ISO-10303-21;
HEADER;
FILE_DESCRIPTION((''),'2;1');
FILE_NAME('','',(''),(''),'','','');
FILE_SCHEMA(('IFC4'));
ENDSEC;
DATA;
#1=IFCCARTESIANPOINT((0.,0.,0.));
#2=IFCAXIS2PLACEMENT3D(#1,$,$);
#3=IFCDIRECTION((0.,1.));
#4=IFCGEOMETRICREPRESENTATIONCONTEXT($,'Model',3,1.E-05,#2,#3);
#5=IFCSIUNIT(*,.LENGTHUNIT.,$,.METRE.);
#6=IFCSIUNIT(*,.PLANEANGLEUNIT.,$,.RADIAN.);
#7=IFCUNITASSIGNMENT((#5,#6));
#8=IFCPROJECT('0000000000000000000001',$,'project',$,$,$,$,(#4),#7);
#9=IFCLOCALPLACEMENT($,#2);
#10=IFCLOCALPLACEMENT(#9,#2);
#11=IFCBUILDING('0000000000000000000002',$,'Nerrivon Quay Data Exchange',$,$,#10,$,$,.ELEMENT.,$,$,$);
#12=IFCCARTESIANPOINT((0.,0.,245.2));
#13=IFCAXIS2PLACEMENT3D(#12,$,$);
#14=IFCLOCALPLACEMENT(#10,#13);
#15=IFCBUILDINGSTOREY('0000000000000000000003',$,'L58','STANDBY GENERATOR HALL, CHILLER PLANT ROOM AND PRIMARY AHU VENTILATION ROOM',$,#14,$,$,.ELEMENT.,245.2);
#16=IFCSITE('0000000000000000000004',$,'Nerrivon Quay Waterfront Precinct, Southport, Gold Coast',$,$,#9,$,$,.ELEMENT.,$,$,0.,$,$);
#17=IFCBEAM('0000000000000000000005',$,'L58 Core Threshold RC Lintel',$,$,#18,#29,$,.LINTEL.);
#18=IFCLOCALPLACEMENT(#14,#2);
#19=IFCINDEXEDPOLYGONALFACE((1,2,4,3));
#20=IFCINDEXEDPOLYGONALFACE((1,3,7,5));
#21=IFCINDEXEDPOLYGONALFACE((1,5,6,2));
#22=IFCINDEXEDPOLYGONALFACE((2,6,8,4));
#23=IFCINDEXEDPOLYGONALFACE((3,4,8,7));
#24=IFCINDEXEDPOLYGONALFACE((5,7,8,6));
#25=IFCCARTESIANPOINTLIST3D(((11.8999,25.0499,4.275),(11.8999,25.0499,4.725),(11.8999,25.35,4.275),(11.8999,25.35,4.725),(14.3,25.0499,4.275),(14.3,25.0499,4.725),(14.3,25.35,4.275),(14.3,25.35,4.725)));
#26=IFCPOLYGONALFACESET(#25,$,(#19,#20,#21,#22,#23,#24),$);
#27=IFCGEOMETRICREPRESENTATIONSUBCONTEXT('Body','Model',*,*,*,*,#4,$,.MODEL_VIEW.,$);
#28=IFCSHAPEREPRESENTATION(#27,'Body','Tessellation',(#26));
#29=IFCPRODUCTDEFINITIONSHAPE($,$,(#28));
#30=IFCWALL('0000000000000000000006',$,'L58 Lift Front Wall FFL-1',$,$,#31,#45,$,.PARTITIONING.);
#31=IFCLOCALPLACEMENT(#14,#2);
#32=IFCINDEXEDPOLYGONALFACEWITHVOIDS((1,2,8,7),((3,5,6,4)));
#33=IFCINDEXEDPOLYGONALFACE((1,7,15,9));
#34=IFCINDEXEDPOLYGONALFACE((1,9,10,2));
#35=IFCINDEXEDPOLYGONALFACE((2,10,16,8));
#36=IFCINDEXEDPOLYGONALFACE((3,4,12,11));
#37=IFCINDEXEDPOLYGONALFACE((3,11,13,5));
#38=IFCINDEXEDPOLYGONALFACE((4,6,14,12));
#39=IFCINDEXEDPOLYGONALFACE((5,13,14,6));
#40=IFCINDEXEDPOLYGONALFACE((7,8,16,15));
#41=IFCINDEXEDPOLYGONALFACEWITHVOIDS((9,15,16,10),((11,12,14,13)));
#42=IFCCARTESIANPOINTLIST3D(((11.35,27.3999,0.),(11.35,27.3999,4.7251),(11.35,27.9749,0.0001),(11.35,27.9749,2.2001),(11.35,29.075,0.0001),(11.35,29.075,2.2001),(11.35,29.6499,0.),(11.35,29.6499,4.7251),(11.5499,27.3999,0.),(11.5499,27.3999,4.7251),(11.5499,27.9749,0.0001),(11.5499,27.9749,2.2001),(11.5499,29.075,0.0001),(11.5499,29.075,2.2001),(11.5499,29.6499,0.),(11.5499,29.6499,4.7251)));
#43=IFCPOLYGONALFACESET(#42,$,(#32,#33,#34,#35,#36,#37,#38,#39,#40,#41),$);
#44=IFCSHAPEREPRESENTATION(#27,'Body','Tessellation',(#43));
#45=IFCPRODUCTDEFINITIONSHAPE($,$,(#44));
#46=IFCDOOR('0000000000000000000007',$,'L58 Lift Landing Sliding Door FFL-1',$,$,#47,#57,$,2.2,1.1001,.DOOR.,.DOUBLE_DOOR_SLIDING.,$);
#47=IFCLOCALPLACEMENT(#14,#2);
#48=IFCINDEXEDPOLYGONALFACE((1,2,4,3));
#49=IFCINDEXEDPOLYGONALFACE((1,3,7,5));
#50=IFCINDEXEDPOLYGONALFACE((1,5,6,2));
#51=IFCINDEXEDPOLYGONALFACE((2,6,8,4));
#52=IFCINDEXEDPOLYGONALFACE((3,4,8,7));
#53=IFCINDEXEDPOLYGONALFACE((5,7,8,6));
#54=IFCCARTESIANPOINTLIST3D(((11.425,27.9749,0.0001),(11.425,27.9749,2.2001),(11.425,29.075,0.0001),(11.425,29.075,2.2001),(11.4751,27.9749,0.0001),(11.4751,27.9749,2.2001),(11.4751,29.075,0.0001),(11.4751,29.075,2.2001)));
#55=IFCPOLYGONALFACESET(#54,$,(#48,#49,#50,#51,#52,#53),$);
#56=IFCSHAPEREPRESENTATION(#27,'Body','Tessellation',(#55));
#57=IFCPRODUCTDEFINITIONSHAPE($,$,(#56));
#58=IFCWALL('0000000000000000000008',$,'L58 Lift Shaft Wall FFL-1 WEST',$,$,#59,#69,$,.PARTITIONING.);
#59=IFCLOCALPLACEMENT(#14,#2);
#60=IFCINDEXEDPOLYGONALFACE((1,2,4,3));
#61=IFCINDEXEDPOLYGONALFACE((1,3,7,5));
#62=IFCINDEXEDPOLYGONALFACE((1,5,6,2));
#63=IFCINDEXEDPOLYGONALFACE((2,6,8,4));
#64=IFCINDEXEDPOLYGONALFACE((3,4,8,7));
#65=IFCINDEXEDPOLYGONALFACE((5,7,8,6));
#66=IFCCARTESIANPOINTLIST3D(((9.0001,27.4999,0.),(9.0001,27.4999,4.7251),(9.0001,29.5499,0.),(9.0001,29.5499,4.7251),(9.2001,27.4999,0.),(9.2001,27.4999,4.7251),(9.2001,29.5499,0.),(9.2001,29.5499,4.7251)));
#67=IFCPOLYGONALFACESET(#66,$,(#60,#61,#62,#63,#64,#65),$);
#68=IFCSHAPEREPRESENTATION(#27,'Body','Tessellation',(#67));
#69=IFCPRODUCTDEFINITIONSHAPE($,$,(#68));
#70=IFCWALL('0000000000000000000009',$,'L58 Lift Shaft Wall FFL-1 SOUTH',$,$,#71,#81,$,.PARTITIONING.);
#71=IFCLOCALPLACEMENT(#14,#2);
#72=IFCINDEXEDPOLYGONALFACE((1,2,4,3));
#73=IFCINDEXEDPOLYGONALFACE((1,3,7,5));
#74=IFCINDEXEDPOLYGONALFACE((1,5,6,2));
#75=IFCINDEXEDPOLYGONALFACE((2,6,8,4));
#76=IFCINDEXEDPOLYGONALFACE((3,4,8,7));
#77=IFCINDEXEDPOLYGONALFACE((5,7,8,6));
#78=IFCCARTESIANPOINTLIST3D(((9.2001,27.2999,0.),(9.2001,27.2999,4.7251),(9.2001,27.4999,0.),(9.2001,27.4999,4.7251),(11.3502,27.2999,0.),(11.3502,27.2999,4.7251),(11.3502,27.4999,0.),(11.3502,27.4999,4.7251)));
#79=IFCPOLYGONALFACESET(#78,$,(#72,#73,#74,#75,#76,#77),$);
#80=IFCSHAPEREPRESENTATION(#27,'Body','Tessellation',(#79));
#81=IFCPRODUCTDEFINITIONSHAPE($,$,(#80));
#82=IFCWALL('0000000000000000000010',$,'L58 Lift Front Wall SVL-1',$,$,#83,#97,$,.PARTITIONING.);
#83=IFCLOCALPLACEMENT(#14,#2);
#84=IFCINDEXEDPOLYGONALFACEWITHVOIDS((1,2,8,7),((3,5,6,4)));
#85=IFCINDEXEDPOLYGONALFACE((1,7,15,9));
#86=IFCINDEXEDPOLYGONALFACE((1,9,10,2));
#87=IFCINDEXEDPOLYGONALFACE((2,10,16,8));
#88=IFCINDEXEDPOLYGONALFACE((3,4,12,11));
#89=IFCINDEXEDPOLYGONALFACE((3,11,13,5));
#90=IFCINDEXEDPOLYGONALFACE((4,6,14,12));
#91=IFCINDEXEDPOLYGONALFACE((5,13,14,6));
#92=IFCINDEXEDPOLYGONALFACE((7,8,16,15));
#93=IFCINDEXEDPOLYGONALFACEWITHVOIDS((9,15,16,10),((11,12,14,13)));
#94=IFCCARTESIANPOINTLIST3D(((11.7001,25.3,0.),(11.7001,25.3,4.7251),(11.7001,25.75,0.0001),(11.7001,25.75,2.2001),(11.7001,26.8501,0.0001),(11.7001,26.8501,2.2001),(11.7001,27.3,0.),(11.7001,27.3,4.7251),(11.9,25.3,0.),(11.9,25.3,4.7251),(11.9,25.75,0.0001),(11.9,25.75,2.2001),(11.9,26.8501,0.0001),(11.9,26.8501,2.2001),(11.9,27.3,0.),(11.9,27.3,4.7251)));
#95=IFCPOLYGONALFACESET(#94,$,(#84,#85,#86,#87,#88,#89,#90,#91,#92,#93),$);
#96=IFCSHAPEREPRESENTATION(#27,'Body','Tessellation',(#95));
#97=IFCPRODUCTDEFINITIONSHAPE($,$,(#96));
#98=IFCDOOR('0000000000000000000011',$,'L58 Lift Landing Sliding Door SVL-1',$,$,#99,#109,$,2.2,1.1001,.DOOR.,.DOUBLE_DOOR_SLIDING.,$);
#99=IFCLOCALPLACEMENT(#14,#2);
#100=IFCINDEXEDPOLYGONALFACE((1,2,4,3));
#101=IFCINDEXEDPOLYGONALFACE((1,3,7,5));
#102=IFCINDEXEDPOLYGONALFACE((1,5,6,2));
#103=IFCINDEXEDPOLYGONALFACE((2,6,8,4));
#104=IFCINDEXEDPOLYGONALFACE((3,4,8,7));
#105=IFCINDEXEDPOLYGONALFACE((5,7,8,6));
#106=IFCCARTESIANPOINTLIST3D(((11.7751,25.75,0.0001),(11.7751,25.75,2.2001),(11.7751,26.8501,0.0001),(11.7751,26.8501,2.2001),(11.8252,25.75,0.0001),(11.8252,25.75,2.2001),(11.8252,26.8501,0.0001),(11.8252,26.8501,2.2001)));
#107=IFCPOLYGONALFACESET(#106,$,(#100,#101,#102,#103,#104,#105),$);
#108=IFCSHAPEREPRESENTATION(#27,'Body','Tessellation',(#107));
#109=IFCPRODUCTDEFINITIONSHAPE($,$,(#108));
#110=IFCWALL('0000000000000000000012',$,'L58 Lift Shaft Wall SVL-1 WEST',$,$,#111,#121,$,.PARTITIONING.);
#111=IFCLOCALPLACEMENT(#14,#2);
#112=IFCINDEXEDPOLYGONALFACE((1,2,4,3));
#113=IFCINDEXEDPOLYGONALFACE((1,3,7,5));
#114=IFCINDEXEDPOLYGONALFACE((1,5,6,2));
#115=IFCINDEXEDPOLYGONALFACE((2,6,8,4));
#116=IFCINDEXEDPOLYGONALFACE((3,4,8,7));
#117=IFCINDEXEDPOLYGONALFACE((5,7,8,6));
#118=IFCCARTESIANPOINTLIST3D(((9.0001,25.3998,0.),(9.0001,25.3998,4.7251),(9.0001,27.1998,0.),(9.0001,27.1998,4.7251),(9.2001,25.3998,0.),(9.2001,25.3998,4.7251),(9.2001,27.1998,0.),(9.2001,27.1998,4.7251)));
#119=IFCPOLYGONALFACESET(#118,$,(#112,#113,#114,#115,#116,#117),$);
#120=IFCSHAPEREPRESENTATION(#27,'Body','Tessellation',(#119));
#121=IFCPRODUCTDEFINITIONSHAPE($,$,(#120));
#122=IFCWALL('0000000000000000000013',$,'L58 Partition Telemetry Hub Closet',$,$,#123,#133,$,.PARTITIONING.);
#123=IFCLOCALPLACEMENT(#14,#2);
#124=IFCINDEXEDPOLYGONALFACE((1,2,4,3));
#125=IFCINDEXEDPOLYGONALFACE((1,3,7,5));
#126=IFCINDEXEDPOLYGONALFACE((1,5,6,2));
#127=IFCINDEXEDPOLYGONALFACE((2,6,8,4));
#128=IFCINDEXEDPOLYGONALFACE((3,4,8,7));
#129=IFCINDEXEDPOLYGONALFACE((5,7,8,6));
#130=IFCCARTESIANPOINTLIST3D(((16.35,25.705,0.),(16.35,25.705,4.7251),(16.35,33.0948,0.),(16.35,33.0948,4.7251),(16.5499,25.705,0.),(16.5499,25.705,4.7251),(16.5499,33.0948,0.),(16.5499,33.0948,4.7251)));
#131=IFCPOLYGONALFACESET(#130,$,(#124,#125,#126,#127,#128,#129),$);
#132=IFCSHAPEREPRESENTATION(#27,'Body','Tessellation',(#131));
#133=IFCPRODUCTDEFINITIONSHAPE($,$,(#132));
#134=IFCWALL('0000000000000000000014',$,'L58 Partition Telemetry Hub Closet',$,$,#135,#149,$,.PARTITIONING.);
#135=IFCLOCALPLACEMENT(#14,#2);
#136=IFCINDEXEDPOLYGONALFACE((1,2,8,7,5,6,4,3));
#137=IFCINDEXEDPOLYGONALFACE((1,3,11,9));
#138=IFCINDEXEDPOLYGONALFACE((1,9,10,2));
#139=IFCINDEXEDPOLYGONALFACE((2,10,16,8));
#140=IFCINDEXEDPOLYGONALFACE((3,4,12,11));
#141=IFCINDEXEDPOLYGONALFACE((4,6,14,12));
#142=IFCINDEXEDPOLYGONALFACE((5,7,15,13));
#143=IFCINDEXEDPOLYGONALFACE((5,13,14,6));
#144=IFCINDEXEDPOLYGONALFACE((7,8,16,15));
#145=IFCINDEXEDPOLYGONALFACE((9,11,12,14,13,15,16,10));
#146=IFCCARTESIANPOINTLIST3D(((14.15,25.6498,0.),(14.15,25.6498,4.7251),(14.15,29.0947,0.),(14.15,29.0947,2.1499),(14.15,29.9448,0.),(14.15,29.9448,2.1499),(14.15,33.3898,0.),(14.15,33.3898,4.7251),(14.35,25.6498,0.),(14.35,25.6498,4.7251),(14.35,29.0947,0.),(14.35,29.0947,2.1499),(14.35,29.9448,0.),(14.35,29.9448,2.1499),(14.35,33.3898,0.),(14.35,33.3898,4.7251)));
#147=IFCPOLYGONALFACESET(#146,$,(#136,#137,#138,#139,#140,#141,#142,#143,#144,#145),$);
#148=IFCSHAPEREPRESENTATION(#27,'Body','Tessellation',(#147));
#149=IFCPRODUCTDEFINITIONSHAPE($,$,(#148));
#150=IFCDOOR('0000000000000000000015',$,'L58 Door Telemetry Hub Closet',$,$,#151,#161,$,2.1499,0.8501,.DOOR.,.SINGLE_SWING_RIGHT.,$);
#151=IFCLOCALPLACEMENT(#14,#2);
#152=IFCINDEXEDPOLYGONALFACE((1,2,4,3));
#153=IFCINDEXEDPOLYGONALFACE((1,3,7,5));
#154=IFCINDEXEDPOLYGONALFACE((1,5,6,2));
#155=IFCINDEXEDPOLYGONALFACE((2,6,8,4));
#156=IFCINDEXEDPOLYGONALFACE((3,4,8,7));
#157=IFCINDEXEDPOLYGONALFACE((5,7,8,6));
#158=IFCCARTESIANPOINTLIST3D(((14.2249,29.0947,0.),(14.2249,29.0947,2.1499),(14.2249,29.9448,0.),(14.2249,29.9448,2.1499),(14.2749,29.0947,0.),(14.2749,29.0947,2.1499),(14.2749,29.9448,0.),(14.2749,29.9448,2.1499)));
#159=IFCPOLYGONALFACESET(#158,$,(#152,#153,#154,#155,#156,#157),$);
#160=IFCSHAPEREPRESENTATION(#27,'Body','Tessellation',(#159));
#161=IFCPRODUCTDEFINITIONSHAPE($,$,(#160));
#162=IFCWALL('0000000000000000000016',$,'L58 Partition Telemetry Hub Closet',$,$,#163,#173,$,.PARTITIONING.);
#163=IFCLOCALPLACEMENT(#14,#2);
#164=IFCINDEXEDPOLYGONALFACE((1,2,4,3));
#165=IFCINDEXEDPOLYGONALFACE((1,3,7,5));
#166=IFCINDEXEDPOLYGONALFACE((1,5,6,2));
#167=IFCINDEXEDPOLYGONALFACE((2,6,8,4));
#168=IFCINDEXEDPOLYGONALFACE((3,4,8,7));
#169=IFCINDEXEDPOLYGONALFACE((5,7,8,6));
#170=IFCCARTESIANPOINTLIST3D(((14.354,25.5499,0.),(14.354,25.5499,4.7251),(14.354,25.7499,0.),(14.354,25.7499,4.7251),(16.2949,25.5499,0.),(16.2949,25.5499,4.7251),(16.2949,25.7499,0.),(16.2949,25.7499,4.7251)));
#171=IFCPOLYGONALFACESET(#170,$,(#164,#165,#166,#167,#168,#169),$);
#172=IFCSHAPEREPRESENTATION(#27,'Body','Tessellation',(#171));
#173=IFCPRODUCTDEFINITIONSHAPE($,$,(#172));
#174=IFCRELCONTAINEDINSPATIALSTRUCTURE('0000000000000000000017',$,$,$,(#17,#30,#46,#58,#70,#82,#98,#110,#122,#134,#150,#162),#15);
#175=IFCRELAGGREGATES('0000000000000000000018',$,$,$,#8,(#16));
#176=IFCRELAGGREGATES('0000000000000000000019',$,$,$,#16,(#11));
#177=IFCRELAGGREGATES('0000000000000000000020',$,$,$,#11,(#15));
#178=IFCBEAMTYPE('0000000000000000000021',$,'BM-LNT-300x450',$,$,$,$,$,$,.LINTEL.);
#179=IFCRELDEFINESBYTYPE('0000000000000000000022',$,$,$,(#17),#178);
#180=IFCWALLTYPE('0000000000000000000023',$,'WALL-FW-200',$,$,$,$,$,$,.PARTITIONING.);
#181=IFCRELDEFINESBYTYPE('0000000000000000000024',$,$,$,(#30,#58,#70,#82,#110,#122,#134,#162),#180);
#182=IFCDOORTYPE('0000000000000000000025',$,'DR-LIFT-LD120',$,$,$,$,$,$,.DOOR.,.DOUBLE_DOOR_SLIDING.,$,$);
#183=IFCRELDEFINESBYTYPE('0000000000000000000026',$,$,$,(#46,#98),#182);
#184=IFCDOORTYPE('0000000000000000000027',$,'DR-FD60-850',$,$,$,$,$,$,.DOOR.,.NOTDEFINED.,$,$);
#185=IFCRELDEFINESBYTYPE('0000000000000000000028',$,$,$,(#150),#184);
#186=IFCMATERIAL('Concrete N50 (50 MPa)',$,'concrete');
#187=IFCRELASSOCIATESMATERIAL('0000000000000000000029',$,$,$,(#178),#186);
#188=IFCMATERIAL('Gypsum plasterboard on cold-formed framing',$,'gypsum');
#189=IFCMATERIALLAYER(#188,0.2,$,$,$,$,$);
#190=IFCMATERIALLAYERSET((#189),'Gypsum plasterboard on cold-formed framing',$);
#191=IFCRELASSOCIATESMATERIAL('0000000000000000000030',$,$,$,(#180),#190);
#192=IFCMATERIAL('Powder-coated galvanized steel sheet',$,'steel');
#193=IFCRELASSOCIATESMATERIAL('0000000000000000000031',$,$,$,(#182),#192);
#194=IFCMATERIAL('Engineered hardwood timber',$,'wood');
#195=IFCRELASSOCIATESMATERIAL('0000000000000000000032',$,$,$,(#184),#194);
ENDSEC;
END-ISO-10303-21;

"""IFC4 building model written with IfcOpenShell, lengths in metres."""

from ifc_helpers import new_model, si_unit, direction, frame, frame_2d, origin, origin_2d, place, context, subcontext, project, spatial, rectangle, extrude, material, layer, layer_set, material_profile, profile_set, type_object, element, fill, save


model = new_model("IFC4")

# Units and contexts
model_context = context("Model", 3, precision=1e-05, world=origin(), true_north=direction((0.0, 1.0)))
body_context = subcontext(model_context, "Body", "Model", "MODEL_VIEW")
ifc_project = project(units=[si_unit("LENGTHUNIT", "METRE"), si_unit("PLANEANGLEUNIT", "RADIAN")], contexts=[model_context])

# Site, building, storey
site_placement = place(None, origin())
site = spatial("IfcSite", under=ifc_project, at=site_placement, Name="Nerrivon Quay Waterfront Precinct, Southport, Gold Coast", CompositionType="ELEMENT", RefElevation=0.0)
building_placement = place(site_placement, origin())
building = spatial("IfcBuilding", under=site, at=building_placement, Name="Nerrivon Quay Data Exchange", CompositionType="ELEMENT")
storey_placement = place(building_placement, frame((0.0, 0.0, 245.2)))
storey = spatial("IfcBuildingStorey", under=building, at=storey_placement, Name="L58", Description="STANDBY GENERATOR HALL, CHILLER PLANT ROOM AND PRIMARY AHU VENTILATION ROOM", CompositionType="ELEMENT", Elevation=245.2)

# Beam
ifc_material_1 = material(Name="Concrete N50 (50 MPa)", Category="concrete")
ifc_material_profile = material_profile(ifc_material_1, rectangle(XDim=0.3, YDim=0.45, at=origin_2d()), Name="RC-LNT-300x450")
ifc_profile_set = profile_set([ifc_material_profile], Name="Concrete N50 (50 MPa)")
beam_type = type_object("IfcBeamType", Name="BM-LNT-300x450", PredefinedType="LINTEL", material=ifc_profile_set)
beam_placement = place(storey_placement, frame((11.8999, 25.2, 4.5), z_axis=(1.0, 0.0, 0.0), x_axis=(0.0, 1.0, 0.0)))
element("IfcBeam", 1, at=beam_placement, inside=storey, type_object=beam_type, Name="L58 Core Threshold RC Lintel", PredefinedType="LINTEL", context=body_context, shape_type="SweptSolid", body=[
    extrude(rectangle(XDim=0.3, YDim=0.45, at=origin_2d()), origin(), (0.0, 0.0, 1.0), 2.4001),
])

# Wall, opening, door
ifc_material_2 = material(Name="Powder-coated galvanized steel sheet", Category="steel")
ifc_material_3 = material(Name="Gypsum plasterboard on cold-formed framing", Category="gypsum")
ifc_layer_1 = layer(ifc_material_3, 0.2)
ifc_layer_set_1 = layer_set([ifc_layer_1], Name="Gypsum plasterboard on cold-formed framing")
wall_type_1 = type_object("IfcWallType", Name="WALL-FW-200", PredefinedType="PARTITIONING", material=ifc_layer_set_1)
wall_1_placement = place(storey_placement, frame((11.45, 27.3999, 0.0), z_axis=(0.0, 0.0, 1.0), x_axis=(0.0, 1.0, 0.0)))
wall_1 = element("IfcWall", 2, at=wall_1_placement, inside=storey, type_object=wall_type_1, Name="L58 Lift Front Wall FFL-1", PredefinedType="PARTITIONING", context=body_context, shape_type="SweptSolid", body=[
    extrude(rectangle(XDim=2.25, YDim=0.2, at=frame_2d((1.125, 0.0))), origin(), (0.0, 0.0, 1.0), 4.7251),
])
opening_1_placement = place(wall_1_placement, frame((0.575, 0.0, 0.0)))
opening_1 = element("IfcOpeningElement", 3, at=opening_1_placement, cuts=wall_1, PredefinedType="OPENING", context=body_context, shape_type="SweptSolid", body=[
    extrude(rectangle(XDim=1.1001, YDim=2.2, at=frame_2d((0.55, 1.1001))), frame((0.0, 0.1099, 0.0), z_axis=(0.0, -1.0, 0.0), x_axis=(1.0, 0.0, 0.0)), (0.0, 0.0, 1.0), 0.22),
])
door_type_1 = type_object("IfcDoorType", Name="DR-LIFT-LD120", OperationType="DOUBLE_DOOR_SLIDING", PredefinedType="DOOR", material=ifc_material_2)
door_1_placement = place(opening_1_placement, origin())
door_1 = element("IfcDoor", 4, at=door_1_placement, inside=storey, type_object=door_type_1, Name="L58 Lift Landing Sliding Door FFL-1", OperationType="DOUBLE_DOOR_SLIDING", OverallHeight=2.2, OverallWidth=1.1001, PredefinedType="DOOR", context=body_context, shape_type="SweptSolid", body=[
    extrude(rectangle(XDim=1.1001, YDim=2.2, at=frame_2d((0.55, 1.1001))), frame((0.0, 0.0249, 0.0), z_axis=(0.0, -1.0, 0.0), x_axis=(1.0, 0.0, 0.0)), (0.0, 0.0, 1.0), 0.05),
])
fill(opening_1, door_1)

# Walls
wall_2_placement = place(storey_placement, frame((9.1001, 27.5, 0.0), z_axis=(0.0, 0.0, 1.0), x_axis=(0.0, 1.0, 0.0)))
element("IfcWall", 5, at=wall_2_placement, inside=storey, type_object=wall_type_1, Name="L58 Lift Shaft Wall FFL-1 WEST", PredefinedType="PARTITIONING", context=body_context, shape_type="SweptSolid", body=[
    extrude(rectangle(XDim=2.05, YDim=0.2, at=frame_2d((1.0249, 0.0))), origin(), (0.0, 0.0, 1.0), 4.7251),
])
wall_3_placement = place(storey_placement, frame((9.2, 27.3999, 0.0), z_axis=(0.0, 0.0, 1.0), x_axis=(1.0, 0.0, 0.0)))
element("IfcWall", 6, at=wall_3_placement, inside=storey, type_object=wall_type_1, Name="L58 Lift Shaft Wall FFL-1 SOUTH", PredefinedType="PARTITIONING", context=body_context, shape_type="SweptSolid", body=[
    extrude(rectangle(XDim=2.1501, YDim=0.2, at=frame_2d((1.0752, 0.0))), origin(), (0.0, 0.0, 1.0), 4.7251),
])

# Wall, opening, door
wall_4_placement = place(storey_placement, frame((11.8, 25.3, 0.0), z_axis=(0.0, 0.0, 1.0), x_axis=(0.0, 1.0, 0.0)))
wall_4 = element("IfcWall", 7, at=wall_4_placement, inside=storey, type_object=wall_type_1, Name="L58 Lift Front Wall SVL-1", PredefinedType="PARTITIONING", context=body_context, shape_type="SweptSolid", body=[
    extrude(rectangle(XDim=2.0, YDim=0.2, at=frame_2d((1.0, 0.0))), origin(), (0.0, 0.0, 1.0), 4.7251),
])
opening_2_placement = place(wall_4_placement, frame((0.45, 0.0, 0.0)))
opening_2 = element("IfcOpeningElement", 8, at=opening_2_placement, cuts=wall_4, PredefinedType="OPENING", context=body_context, shape_type="SweptSolid", body=[
    extrude(rectangle(XDim=1.1001, YDim=2.2, at=frame_2d((0.55, 1.1001))), frame((0.0, 0.1099, 0.0), z_axis=(0.0, -1.0, 0.0), x_axis=(1.0, 0.0, 0.0)), (0.0, 0.0, 1.0), 0.22),
])
door_2_placement = place(opening_2_placement, origin())
door_2 = element("IfcDoor", 9, at=door_2_placement, inside=storey, type_object=door_type_1, Name="L58 Lift Landing Sliding Door SVL-1", OperationType="DOUBLE_DOOR_SLIDING", OverallHeight=2.2, OverallWidth=1.1001, PredefinedType="DOOR", context=body_context, shape_type="SweptSolid", body=[
    extrude(rectangle(XDim=1.1001, YDim=2.2, at=frame_2d((0.55, 1.1001))), frame((0.0, 0.0249, 0.0), z_axis=(0.0, -1.0, 0.0), x_axis=(1.0, 0.0, 0.0)), (0.0, 0.0, 1.0), 0.05),
])
fill(opening_2, door_2)

# Walls
wall_5_placement = place(storey_placement, frame((9.1001, 25.3999, 0.0), z_axis=(0.0, 0.0, 1.0), x_axis=(0.0, 1.0, 0.0)))
element("IfcWall", 10, at=wall_5_placement, inside=storey, type_object=wall_type_1, Name="L58 Lift Shaft Wall SVL-1 WEST", PredefinedType="PARTITIONING", context=body_context, shape_type="SweptSolid", body=[
    extrude(rectangle(XDim=1.8, YDim=0.2, at=frame_2d((0.8999, 0.0))), origin(), (0.0, 0.0, 1.0), 4.7251),
])
wall_6_placement = place(storey_placement, frame((16.45, 25.7051, 0.0), z_axis=(0.0, 0.0, 1.0), x_axis=(0.0, 1.0, 0.0)))
element("IfcWall", 11, at=wall_6_placement, inside=storey, type_object=wall_type_1, Name="L58 Partition Telemetry Hub Closet", PredefinedType="PARTITIONING", context=body_context, shape_type="SweptSolid", body=[
    extrude(rectangle(XDim=7.3899, YDim=0.2, at=frame_2d((3.6948, 0.0))), origin(), (0.0, 0.0, 1.0), 4.7251),
])

# Wall, opening, door
wall_7_placement = place(storey_placement, frame((14.25, 33.3899, 0.0), z_axis=(0.0, 0.0, 1.0), x_axis=(0.0, -1.0, 0.0)))
wall_7 = element("IfcWall", 12, at=wall_7_placement, inside=storey, type_object=wall_type_1, Name="L58 Partition Telemetry Hub Closet", PredefinedType="PARTITIONING", context=body_context, shape_type="SweptSolid", body=[
    extrude(rectangle(XDim=7.74, YDim=0.2, at=frame_2d((3.8701, 0.0))), origin(), (0.0, 0.0, 1.0), 4.7251),
])
opening_3_placement = place(wall_7_placement, frame((3.4451, 0.0, 0.0)))
opening_3 = element("IfcOpeningElement", 13, at=opening_3_placement, cuts=wall_7, PredefinedType="OPENING", context=body_context, shape_type="SweptSolid", body=[
    extrude(rectangle(XDim=0.8501, YDim=2.1499, at=frame_2d((0.425, 1.075))), frame((0.0, 0.1099, 0.0), z_axis=(0.0, -1.0, 0.0), x_axis=(1.0, 0.0, 0.0)), (0.0, 0.0, 1.0), 0.22),
])
ifc_material_4 = material(Name="Engineered hardwood timber", Category="wood")
door_type_2 = type_object("IfcDoorType", Name="DR-FD60-850", OperationType="NOTDEFINED", PredefinedType="DOOR", material=ifc_material_4)
door_3_placement = place(opening_3_placement, origin())
door_3 = element("IfcDoor", 14, at=door_3_placement, inside=storey, type_object=door_type_2, Name="L58 Door Telemetry Hub Closet", OperationType="SINGLE_SWING_RIGHT", OverallHeight=2.1499, OverallWidth=0.8501, PredefinedType="DOOR", context=body_context, shape_type="SweptSolid", body=[
    extrude(rectangle(XDim=0.8501, YDim=2.1499, at=frame_2d((0.425, 1.075))), frame((0.0, 0.0249, 0.0), z_axis=(0.0, -1.0, 0.0), x_axis=(1.0, 0.0, 0.0)), (0.0, 0.0, 1.0), 0.05),
])
fill(opening_3, door_3)

# Wall
wall_8_placement = place(storey_placement, frame((14.354, 25.6499, 0.0), z_axis=(0.0, 0.0, 1.0), x_axis=(1.0, 0.0, 0.0)))
element("IfcWall", 15, at=wall_8_placement, inside=storey, type_object=wall_type_1, Name="L58 Partition Telemetry Hub Closet", PredefinedType="PARTITIONING", context=body_context, shape_type="SweptSolid", body=[
    extrude(rectangle(XDim=1.9409, YDim=0.2, at=frame_2d((0.9705, 0.0))), origin(), (0.0, 0.0, 1.0), 4.7251),
])

save(model, "model.ifc")
